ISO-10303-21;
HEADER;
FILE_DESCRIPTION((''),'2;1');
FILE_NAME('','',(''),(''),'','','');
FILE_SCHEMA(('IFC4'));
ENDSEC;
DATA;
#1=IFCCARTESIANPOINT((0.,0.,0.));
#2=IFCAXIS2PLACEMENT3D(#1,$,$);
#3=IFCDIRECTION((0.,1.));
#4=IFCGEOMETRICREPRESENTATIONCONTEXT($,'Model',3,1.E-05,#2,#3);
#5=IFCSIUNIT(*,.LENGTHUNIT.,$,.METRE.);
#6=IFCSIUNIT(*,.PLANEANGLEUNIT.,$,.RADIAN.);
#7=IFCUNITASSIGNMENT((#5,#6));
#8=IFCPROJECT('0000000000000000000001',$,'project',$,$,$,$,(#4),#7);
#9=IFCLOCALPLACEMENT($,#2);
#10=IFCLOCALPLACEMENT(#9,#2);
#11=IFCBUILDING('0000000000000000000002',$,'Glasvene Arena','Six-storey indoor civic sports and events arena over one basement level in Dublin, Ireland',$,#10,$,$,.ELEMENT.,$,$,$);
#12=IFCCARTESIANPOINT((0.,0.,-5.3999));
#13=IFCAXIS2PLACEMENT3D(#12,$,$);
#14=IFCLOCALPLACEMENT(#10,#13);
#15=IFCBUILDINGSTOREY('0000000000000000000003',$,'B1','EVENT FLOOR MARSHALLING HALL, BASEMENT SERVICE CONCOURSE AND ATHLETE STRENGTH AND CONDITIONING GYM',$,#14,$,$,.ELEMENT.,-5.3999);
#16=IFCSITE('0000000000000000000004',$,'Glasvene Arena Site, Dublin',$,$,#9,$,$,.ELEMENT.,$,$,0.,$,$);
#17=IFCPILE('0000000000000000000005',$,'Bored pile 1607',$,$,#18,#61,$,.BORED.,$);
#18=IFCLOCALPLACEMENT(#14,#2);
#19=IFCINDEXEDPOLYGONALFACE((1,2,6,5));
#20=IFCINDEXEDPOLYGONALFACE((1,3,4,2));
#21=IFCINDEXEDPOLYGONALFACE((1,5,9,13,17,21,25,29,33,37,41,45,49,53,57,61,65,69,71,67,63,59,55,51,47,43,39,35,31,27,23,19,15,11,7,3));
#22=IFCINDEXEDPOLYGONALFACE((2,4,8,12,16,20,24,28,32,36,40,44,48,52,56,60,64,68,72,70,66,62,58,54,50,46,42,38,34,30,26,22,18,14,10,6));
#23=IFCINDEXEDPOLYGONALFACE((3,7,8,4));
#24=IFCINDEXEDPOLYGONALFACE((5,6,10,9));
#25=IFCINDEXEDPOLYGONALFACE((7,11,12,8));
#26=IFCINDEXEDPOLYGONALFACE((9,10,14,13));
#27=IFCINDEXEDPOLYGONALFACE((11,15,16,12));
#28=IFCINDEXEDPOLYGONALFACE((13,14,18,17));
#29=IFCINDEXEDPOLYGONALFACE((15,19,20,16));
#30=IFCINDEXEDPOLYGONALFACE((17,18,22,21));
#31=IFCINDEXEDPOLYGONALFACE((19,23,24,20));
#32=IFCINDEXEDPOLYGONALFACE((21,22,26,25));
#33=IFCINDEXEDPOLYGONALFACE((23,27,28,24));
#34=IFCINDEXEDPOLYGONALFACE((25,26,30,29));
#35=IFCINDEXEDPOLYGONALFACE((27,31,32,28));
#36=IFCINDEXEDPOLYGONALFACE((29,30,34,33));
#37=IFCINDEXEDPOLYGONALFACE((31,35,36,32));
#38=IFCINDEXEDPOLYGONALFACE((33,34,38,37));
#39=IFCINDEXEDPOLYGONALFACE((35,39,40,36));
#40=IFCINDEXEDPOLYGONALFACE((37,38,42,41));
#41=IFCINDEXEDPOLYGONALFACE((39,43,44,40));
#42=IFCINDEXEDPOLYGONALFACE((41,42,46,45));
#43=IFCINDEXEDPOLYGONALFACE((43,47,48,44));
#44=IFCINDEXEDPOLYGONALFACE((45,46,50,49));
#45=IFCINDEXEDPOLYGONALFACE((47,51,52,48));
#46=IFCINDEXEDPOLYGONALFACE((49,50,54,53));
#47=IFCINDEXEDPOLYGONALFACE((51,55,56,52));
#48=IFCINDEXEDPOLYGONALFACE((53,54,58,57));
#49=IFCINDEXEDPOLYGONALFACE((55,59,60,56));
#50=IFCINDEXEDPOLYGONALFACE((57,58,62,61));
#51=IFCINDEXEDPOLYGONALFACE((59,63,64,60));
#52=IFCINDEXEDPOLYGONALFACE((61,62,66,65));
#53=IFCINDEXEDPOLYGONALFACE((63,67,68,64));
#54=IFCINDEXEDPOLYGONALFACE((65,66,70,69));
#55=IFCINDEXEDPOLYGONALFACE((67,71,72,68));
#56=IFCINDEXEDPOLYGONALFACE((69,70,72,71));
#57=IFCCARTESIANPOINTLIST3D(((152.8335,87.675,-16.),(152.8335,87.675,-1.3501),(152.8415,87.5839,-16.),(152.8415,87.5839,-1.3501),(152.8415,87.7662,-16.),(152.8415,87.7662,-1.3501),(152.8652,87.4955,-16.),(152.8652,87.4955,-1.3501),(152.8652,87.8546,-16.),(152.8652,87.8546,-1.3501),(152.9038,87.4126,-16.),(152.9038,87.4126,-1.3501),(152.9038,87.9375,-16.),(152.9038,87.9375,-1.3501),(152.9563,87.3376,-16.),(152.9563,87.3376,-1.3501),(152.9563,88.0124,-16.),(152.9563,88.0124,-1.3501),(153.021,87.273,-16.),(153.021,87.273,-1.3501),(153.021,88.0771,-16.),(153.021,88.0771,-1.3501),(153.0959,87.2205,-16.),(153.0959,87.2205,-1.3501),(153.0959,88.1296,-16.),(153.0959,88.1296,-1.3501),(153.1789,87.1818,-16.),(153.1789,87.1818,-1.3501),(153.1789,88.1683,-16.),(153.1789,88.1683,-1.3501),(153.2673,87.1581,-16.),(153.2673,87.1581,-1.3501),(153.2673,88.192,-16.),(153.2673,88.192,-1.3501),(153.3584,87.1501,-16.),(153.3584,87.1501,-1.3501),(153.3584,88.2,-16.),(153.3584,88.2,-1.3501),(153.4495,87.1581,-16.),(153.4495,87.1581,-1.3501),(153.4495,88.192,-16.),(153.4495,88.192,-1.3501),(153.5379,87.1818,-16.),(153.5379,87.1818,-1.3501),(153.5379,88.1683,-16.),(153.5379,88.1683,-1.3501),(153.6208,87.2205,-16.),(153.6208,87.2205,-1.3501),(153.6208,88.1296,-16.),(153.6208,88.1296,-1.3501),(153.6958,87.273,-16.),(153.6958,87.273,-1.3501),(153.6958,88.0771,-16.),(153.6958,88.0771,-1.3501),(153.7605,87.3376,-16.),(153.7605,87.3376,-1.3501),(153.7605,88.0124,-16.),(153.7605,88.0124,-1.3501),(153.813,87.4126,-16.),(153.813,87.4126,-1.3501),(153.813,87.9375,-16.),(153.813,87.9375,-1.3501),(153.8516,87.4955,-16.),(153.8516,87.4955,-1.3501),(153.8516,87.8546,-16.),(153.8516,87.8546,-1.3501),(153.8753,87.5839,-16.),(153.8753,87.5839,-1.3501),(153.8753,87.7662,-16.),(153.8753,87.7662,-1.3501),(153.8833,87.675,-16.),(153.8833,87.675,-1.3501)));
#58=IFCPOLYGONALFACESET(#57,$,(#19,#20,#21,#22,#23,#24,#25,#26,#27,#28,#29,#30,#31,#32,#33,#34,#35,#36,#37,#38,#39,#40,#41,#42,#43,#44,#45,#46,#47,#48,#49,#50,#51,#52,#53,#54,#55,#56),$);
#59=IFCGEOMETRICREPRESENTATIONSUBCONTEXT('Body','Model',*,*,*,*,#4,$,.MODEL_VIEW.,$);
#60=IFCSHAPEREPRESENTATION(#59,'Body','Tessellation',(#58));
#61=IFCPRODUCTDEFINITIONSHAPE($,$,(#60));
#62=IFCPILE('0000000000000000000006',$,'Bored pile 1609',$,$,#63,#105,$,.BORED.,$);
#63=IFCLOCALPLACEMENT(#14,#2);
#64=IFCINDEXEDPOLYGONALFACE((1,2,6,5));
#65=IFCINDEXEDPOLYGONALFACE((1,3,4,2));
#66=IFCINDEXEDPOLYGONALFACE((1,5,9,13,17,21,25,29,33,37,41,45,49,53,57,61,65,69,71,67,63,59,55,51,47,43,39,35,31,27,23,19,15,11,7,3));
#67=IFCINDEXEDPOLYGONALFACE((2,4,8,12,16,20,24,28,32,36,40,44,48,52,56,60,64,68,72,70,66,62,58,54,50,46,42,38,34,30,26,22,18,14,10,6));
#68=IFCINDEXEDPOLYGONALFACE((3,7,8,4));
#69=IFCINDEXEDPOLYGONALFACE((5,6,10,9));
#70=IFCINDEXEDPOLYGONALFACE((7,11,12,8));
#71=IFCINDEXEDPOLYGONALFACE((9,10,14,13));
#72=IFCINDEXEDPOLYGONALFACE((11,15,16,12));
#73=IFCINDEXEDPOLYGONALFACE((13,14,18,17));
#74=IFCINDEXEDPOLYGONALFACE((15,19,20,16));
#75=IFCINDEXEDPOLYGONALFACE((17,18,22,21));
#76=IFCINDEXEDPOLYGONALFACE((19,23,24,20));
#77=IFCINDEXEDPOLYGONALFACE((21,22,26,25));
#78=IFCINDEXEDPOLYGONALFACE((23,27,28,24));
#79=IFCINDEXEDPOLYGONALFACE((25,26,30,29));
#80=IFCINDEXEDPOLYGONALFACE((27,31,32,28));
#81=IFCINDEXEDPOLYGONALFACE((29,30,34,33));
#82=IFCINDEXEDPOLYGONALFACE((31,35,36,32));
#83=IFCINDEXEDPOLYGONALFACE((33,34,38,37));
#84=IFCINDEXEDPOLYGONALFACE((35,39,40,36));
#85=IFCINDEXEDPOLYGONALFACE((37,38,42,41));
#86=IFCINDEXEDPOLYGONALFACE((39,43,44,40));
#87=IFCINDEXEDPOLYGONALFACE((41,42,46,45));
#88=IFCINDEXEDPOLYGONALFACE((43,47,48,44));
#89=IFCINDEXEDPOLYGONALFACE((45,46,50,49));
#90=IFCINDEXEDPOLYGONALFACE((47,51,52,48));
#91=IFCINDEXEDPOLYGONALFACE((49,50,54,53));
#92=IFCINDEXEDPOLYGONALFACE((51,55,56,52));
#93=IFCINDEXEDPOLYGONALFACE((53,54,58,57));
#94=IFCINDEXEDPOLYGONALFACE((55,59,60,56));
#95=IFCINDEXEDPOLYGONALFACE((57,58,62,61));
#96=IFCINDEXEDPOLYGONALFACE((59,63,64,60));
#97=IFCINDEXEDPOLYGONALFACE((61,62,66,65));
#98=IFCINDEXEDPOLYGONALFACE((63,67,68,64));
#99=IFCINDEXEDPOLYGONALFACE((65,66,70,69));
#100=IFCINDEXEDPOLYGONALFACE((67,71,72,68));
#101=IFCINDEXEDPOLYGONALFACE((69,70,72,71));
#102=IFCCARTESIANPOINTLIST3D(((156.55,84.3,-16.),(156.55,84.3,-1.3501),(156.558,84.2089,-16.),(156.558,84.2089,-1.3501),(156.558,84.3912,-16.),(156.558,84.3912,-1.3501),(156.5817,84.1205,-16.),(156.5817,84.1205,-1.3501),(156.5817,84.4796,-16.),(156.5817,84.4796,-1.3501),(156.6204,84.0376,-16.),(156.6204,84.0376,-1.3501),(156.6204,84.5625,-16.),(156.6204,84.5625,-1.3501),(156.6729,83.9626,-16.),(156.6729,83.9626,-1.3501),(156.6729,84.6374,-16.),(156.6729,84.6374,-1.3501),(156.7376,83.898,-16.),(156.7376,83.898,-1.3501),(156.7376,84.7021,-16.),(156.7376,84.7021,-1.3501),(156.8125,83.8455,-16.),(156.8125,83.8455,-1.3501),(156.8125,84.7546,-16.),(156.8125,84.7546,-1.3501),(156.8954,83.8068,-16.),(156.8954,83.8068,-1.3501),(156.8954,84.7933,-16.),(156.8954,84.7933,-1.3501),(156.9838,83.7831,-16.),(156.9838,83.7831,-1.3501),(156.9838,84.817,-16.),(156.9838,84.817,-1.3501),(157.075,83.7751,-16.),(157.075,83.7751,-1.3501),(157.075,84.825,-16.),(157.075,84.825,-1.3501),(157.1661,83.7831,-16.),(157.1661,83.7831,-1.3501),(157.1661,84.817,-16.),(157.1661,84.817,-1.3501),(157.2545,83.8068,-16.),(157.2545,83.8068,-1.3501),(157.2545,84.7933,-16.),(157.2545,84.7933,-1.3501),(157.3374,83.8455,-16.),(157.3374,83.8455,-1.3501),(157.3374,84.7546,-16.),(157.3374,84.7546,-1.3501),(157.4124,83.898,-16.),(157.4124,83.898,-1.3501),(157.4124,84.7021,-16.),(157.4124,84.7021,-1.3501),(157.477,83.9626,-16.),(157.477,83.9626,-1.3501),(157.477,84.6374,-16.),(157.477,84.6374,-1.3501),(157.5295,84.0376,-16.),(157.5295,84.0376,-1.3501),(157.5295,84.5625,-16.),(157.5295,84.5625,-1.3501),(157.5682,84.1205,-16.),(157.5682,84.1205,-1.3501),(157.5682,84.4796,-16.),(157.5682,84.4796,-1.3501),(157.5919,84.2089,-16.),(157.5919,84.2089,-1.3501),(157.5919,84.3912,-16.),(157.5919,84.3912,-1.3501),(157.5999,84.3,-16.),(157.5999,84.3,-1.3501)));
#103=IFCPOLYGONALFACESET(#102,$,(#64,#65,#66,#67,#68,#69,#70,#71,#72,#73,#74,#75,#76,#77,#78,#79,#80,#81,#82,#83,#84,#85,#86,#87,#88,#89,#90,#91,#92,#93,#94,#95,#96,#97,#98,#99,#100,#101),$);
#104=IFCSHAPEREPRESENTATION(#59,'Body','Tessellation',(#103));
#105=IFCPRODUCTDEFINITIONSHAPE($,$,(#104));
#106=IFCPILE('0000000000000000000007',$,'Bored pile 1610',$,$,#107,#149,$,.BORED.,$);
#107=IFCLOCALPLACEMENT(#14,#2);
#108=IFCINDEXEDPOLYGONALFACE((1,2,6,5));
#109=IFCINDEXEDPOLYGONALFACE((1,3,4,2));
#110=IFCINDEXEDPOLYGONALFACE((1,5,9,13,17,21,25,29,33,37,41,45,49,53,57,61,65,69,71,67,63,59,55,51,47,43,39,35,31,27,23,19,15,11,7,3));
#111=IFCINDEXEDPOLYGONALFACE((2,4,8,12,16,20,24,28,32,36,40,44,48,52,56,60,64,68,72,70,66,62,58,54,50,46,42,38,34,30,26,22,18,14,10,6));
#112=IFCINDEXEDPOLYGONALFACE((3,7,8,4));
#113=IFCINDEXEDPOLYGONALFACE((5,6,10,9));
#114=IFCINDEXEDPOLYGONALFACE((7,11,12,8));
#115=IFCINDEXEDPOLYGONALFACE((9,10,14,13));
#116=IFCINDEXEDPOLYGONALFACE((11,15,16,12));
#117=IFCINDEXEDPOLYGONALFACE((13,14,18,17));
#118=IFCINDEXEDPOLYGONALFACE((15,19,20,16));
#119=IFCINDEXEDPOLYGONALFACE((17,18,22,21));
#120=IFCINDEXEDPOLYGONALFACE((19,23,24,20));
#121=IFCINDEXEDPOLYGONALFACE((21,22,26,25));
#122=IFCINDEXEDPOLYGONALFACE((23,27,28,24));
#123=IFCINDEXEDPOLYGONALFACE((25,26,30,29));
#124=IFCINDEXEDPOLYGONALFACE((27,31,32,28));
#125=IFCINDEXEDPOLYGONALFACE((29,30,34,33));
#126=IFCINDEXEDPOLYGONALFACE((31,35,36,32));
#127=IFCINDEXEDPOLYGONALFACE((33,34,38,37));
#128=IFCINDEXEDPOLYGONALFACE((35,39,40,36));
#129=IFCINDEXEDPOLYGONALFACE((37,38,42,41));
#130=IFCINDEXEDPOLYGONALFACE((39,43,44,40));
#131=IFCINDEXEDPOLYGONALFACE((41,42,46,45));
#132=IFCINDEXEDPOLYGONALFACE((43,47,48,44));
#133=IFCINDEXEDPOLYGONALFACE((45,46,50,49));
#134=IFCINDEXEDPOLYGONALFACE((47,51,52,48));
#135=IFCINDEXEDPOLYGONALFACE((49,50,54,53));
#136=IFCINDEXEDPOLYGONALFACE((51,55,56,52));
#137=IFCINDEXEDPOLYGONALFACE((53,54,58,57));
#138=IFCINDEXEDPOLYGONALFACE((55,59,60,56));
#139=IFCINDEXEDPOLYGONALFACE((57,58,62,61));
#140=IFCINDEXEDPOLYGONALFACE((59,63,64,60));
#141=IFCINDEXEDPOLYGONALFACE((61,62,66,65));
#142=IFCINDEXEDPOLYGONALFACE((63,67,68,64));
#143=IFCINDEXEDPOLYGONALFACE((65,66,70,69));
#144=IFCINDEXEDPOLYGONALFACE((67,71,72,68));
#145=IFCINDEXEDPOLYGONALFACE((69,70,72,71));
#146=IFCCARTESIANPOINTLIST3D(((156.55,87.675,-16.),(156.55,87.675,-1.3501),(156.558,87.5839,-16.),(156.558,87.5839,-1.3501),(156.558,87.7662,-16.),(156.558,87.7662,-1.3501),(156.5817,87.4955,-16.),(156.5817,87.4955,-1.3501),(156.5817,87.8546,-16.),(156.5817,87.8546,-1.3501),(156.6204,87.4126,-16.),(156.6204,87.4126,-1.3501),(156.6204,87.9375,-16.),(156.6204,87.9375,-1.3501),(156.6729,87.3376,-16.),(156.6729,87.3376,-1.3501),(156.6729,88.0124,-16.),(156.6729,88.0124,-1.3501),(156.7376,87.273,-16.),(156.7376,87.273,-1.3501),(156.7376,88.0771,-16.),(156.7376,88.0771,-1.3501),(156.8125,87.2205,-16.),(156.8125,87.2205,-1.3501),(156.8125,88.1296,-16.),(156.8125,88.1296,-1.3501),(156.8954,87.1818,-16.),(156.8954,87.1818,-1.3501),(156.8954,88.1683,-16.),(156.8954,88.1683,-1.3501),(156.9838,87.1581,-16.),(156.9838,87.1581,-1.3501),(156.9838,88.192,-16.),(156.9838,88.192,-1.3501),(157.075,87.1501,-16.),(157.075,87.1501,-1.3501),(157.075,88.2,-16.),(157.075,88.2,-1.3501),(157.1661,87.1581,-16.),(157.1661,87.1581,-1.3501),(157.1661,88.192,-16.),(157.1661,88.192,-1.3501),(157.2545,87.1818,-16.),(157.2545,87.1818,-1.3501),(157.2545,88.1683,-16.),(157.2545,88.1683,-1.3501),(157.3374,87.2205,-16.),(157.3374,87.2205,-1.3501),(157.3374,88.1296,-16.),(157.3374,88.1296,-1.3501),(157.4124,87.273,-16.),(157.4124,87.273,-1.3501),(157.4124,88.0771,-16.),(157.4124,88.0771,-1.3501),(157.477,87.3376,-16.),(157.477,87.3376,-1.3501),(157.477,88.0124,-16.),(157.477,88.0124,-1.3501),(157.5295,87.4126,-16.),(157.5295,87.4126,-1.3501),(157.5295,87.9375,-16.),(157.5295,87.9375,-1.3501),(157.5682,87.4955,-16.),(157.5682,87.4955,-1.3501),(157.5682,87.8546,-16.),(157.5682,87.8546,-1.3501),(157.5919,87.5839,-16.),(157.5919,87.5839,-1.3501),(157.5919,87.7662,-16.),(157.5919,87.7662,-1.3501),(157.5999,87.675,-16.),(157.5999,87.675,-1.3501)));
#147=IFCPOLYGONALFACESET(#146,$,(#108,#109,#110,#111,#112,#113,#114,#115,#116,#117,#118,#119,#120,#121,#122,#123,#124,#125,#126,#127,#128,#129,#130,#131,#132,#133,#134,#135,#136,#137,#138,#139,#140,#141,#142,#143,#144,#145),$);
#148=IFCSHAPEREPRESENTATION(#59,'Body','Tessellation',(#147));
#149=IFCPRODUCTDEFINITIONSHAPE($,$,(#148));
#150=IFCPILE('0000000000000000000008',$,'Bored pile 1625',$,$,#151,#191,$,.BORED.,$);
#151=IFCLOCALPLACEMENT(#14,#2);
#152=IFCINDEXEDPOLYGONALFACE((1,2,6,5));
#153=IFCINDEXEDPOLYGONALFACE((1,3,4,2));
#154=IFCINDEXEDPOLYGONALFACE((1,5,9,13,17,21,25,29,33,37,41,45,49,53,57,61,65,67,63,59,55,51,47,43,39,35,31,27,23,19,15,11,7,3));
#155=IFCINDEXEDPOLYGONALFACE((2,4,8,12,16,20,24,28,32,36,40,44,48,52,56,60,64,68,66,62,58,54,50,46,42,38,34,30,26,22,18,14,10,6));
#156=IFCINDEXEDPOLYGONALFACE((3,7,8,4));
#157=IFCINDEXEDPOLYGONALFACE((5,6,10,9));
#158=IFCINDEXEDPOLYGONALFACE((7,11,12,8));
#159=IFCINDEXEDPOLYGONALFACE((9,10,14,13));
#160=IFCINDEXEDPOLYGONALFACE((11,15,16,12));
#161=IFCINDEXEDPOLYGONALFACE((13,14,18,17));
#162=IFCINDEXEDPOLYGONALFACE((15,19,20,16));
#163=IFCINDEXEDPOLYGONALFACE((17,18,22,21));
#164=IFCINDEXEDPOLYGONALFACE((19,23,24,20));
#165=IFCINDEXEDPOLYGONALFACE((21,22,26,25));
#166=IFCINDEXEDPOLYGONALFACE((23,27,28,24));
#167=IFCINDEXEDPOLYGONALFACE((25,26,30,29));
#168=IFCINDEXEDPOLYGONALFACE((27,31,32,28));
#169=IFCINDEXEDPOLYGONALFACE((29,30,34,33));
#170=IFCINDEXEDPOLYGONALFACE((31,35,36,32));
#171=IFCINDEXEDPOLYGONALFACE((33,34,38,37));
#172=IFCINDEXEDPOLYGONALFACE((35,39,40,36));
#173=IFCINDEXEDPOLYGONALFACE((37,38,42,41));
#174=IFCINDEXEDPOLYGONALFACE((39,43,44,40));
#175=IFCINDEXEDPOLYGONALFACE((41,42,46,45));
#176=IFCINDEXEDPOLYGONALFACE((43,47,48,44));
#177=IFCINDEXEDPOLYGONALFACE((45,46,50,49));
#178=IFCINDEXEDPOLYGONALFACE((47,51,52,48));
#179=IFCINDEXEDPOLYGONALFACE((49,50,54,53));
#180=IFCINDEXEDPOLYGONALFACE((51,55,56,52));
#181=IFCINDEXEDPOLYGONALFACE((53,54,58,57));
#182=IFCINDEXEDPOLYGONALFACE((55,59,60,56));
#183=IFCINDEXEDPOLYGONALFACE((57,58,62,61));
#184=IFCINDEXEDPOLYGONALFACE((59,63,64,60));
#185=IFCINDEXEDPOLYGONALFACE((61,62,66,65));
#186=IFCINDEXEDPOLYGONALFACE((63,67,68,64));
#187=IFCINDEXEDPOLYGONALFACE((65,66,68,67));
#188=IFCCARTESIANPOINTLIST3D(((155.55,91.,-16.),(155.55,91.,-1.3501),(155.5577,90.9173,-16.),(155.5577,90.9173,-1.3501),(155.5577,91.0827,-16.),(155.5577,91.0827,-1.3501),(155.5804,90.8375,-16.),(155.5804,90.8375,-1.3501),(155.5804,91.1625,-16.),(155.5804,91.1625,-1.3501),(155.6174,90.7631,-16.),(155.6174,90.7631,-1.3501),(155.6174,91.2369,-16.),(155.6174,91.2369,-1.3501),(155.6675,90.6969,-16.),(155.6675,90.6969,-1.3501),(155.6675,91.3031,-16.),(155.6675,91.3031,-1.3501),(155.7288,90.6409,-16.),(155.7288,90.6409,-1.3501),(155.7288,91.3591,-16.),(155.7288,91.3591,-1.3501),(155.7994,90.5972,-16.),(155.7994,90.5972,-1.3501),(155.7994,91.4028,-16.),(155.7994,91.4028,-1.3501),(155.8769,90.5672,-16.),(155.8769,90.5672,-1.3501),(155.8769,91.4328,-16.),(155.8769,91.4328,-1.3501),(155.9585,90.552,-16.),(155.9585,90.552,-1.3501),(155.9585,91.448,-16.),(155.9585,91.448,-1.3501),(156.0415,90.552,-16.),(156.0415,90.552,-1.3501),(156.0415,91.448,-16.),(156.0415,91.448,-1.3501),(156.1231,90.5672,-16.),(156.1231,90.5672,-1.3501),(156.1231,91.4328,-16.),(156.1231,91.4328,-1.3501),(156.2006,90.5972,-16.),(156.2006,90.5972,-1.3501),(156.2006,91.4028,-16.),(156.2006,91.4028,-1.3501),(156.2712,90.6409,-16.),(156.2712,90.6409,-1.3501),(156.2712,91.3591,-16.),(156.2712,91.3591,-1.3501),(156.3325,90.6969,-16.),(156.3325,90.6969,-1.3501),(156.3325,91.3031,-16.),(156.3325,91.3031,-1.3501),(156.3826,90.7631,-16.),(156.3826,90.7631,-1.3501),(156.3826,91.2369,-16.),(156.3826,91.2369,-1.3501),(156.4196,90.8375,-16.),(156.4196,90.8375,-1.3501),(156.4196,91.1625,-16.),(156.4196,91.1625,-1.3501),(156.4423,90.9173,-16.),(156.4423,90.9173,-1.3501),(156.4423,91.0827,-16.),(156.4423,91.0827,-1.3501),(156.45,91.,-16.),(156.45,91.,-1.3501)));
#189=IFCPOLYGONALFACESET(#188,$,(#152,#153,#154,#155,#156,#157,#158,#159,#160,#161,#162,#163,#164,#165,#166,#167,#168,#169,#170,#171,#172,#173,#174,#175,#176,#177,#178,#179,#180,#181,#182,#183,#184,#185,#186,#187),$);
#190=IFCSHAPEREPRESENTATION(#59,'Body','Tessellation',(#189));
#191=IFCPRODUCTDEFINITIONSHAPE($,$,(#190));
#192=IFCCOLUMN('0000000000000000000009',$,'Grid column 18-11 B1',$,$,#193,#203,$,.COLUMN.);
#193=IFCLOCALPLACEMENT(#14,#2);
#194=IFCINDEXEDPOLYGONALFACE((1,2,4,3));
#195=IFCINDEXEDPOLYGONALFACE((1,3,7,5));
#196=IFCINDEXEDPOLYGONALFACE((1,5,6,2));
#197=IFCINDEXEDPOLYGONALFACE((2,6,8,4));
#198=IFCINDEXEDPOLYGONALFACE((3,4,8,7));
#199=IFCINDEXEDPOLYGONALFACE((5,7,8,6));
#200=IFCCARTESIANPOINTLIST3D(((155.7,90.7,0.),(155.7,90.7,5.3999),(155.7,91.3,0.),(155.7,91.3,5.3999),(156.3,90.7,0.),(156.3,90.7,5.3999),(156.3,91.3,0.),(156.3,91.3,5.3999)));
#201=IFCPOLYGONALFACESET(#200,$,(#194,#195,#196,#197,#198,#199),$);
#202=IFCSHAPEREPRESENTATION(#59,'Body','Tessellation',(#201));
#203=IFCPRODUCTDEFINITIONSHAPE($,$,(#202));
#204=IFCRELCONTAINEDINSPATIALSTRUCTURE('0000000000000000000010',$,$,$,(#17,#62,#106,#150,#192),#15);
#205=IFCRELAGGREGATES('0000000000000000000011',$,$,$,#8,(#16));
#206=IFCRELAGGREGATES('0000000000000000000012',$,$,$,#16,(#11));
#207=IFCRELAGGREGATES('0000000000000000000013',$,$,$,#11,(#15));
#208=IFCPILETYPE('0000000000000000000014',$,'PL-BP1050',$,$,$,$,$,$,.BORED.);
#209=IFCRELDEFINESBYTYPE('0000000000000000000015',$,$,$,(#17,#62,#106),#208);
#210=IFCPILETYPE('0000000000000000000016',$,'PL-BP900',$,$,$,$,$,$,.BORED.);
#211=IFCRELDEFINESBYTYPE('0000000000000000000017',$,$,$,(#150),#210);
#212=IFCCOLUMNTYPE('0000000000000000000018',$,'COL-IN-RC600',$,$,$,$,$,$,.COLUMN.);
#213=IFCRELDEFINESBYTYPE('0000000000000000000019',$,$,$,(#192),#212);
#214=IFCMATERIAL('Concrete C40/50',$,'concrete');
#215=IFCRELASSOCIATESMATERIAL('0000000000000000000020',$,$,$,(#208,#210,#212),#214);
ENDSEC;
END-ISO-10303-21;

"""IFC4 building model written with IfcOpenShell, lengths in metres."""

from ifc_helpers import new_model, si_unit, direction, frame, origin, origin_2d, place, context, subcontext, project, spatial, rectangle, circle, extrude, material, material_profile, profile_set, type_object, element, save


model = new_model("IFC4")

# Units and contexts
model_context = context("Model", 3, precision=1e-05, world=origin(), true_north=direction((0.0, 1.0)))
body_context = subcontext(model_context, "Body", "Model", "MODEL_VIEW")
ifc_project = project(units=[si_unit("LENGTHUNIT", "METRE"), si_unit("PLANEANGLEUNIT", "RADIAN")], contexts=[model_context])

# Site, building, storey
site_placement = place(None, origin())
site = spatial("IfcSite", under=ifc_project, at=site_placement, Name="Glasvene Arena Site, Dublin", CompositionType="ELEMENT", RefElevation=0.0)
building_placement = place(site_placement, origin())
building = spatial("IfcBuilding", under=site, at=building_placement, Name="Glasvene Arena", Description="Six-storey indoor civic sports and events arena over one basement level in Dublin, Ireland", CompositionType="ELEMENT")
storey_placement = place(building_placement, frame((0.0, 0.0, -5.3999)))
storey = spatial("IfcBuildingStorey", under=building, at=storey_placement, Name="B1", Description="EVENT FLOOR MARSHALLING HALL, BASEMENT SERVICE CONCOURSE AND ATHLETE STRENGTH AND CONDITIONING GYM", CompositionType="ELEMENT", Elevation=-5.3999)

# Shared definitions
ifc_material_1 = material(Name="Concrete C40/50", Category="concrete")

# Piles
ifc_material_profile_1 = material_profile(ifc_material_1, circle(Radius=0.5249, at=origin_2d()), Name="BORED PILE 1050")
ifc_profile_set_1 = profile_set([ifc_material_profile_1], Name="Concrete C40/50")
pile_type_1 = type_object("IfcPileType", Name="PL-BP1050", PredefinedType="BORED", material=ifc_profile_set_1)
for number, where, z_axis, x_axis, name in (
    (1, (153.3584, 87.675, -1.3501), (0.0, 0.0, -1.0), (1.0, 0.0, 0.0), "Bored pile 1607"),
    (2, (157.075, 84.3, -1.3501), (0.0, 0.0, -1.0), (1.0, 0.0, 0.0), "Bored pile 1609"),
    (3, (157.075, 87.675, -1.3501), (0.0, 0.0, -1.0), (1.0, 0.0, 0.0), "Bored pile 1610"),
):
    element("IfcPile", number, at=place(storey_placement, frame(where, z_axis=z_axis, x_axis=x_axis)), inside=storey, type_object=pile_type_1, Name=name, PredefinedType="BORED", context=body_context, shape_type="SweptSolid", body=[
        extrude(circle(Radius=0.5249, at=origin_2d()), origin(), (0.0, 0.0, 1.0), 14.6499),
    ])
ifc_material_profile_2 = material_profile(ifc_material_1, circle(Radius=0.45, at=origin_2d()), Name="BORED PILE 900")
ifc_profile_set_2 = profile_set([ifc_material_profile_2], Name="Concrete C40/50")
pile_type_2 = type_object("IfcPileType", Name="PL-BP900", PredefinedType="BORED", material=ifc_profile_set_2)
pile_placement = place(storey_placement, frame((156.0, 91.0, -1.3501), z_axis=(0.0, 0.0, -1.0), x_axis=(1.0, 0.0, 0.0)))
element("IfcPile", 4, at=pile_placement, inside=storey, type_object=pile_type_2, Name="Bored pile 1625", PredefinedType="BORED", context=body_context, shape_type="SweptSolid", body=[
    extrude(circle(Radius=0.45, at=origin_2d()), origin(), (0.0, 0.0, 1.0), 14.6499),
])

# Column
ifc_material_profile_3 = material_profile(ifc_material_1, rectangle(XDim=0.6001, YDim=0.6001, at=origin_2d()), Name="RC 600x600")
ifc_profile_set_3 = profile_set([ifc_material_profile_3], Name="Concrete C40/50")
column_type_1 = type_object("IfcColumnType", Name="COL-IN-RC600", PredefinedType="COLUMN", material=ifc_profile_set_3)
column_1_placement = place(storey_placement, frame((156.0, 91.0, 0.0), z_axis=(0.0, 0.0, 1.0), x_axis=(1.0, 0.0, 0.0)))
element("IfcColumn", 5, at=column_1_placement, inside=storey, type_object=column_type_1, Name="Grid column 18-11 B1", PredefinedType="COLUMN", context=body_context, shape_type="SweptSolid", body=[
    extrude(rectangle(XDim=0.6001, YDim=0.6001, at=origin_2d()), origin(), (0.0, 0.0, 1.0), 5.3999),
])

save(model, "model.ifc")
